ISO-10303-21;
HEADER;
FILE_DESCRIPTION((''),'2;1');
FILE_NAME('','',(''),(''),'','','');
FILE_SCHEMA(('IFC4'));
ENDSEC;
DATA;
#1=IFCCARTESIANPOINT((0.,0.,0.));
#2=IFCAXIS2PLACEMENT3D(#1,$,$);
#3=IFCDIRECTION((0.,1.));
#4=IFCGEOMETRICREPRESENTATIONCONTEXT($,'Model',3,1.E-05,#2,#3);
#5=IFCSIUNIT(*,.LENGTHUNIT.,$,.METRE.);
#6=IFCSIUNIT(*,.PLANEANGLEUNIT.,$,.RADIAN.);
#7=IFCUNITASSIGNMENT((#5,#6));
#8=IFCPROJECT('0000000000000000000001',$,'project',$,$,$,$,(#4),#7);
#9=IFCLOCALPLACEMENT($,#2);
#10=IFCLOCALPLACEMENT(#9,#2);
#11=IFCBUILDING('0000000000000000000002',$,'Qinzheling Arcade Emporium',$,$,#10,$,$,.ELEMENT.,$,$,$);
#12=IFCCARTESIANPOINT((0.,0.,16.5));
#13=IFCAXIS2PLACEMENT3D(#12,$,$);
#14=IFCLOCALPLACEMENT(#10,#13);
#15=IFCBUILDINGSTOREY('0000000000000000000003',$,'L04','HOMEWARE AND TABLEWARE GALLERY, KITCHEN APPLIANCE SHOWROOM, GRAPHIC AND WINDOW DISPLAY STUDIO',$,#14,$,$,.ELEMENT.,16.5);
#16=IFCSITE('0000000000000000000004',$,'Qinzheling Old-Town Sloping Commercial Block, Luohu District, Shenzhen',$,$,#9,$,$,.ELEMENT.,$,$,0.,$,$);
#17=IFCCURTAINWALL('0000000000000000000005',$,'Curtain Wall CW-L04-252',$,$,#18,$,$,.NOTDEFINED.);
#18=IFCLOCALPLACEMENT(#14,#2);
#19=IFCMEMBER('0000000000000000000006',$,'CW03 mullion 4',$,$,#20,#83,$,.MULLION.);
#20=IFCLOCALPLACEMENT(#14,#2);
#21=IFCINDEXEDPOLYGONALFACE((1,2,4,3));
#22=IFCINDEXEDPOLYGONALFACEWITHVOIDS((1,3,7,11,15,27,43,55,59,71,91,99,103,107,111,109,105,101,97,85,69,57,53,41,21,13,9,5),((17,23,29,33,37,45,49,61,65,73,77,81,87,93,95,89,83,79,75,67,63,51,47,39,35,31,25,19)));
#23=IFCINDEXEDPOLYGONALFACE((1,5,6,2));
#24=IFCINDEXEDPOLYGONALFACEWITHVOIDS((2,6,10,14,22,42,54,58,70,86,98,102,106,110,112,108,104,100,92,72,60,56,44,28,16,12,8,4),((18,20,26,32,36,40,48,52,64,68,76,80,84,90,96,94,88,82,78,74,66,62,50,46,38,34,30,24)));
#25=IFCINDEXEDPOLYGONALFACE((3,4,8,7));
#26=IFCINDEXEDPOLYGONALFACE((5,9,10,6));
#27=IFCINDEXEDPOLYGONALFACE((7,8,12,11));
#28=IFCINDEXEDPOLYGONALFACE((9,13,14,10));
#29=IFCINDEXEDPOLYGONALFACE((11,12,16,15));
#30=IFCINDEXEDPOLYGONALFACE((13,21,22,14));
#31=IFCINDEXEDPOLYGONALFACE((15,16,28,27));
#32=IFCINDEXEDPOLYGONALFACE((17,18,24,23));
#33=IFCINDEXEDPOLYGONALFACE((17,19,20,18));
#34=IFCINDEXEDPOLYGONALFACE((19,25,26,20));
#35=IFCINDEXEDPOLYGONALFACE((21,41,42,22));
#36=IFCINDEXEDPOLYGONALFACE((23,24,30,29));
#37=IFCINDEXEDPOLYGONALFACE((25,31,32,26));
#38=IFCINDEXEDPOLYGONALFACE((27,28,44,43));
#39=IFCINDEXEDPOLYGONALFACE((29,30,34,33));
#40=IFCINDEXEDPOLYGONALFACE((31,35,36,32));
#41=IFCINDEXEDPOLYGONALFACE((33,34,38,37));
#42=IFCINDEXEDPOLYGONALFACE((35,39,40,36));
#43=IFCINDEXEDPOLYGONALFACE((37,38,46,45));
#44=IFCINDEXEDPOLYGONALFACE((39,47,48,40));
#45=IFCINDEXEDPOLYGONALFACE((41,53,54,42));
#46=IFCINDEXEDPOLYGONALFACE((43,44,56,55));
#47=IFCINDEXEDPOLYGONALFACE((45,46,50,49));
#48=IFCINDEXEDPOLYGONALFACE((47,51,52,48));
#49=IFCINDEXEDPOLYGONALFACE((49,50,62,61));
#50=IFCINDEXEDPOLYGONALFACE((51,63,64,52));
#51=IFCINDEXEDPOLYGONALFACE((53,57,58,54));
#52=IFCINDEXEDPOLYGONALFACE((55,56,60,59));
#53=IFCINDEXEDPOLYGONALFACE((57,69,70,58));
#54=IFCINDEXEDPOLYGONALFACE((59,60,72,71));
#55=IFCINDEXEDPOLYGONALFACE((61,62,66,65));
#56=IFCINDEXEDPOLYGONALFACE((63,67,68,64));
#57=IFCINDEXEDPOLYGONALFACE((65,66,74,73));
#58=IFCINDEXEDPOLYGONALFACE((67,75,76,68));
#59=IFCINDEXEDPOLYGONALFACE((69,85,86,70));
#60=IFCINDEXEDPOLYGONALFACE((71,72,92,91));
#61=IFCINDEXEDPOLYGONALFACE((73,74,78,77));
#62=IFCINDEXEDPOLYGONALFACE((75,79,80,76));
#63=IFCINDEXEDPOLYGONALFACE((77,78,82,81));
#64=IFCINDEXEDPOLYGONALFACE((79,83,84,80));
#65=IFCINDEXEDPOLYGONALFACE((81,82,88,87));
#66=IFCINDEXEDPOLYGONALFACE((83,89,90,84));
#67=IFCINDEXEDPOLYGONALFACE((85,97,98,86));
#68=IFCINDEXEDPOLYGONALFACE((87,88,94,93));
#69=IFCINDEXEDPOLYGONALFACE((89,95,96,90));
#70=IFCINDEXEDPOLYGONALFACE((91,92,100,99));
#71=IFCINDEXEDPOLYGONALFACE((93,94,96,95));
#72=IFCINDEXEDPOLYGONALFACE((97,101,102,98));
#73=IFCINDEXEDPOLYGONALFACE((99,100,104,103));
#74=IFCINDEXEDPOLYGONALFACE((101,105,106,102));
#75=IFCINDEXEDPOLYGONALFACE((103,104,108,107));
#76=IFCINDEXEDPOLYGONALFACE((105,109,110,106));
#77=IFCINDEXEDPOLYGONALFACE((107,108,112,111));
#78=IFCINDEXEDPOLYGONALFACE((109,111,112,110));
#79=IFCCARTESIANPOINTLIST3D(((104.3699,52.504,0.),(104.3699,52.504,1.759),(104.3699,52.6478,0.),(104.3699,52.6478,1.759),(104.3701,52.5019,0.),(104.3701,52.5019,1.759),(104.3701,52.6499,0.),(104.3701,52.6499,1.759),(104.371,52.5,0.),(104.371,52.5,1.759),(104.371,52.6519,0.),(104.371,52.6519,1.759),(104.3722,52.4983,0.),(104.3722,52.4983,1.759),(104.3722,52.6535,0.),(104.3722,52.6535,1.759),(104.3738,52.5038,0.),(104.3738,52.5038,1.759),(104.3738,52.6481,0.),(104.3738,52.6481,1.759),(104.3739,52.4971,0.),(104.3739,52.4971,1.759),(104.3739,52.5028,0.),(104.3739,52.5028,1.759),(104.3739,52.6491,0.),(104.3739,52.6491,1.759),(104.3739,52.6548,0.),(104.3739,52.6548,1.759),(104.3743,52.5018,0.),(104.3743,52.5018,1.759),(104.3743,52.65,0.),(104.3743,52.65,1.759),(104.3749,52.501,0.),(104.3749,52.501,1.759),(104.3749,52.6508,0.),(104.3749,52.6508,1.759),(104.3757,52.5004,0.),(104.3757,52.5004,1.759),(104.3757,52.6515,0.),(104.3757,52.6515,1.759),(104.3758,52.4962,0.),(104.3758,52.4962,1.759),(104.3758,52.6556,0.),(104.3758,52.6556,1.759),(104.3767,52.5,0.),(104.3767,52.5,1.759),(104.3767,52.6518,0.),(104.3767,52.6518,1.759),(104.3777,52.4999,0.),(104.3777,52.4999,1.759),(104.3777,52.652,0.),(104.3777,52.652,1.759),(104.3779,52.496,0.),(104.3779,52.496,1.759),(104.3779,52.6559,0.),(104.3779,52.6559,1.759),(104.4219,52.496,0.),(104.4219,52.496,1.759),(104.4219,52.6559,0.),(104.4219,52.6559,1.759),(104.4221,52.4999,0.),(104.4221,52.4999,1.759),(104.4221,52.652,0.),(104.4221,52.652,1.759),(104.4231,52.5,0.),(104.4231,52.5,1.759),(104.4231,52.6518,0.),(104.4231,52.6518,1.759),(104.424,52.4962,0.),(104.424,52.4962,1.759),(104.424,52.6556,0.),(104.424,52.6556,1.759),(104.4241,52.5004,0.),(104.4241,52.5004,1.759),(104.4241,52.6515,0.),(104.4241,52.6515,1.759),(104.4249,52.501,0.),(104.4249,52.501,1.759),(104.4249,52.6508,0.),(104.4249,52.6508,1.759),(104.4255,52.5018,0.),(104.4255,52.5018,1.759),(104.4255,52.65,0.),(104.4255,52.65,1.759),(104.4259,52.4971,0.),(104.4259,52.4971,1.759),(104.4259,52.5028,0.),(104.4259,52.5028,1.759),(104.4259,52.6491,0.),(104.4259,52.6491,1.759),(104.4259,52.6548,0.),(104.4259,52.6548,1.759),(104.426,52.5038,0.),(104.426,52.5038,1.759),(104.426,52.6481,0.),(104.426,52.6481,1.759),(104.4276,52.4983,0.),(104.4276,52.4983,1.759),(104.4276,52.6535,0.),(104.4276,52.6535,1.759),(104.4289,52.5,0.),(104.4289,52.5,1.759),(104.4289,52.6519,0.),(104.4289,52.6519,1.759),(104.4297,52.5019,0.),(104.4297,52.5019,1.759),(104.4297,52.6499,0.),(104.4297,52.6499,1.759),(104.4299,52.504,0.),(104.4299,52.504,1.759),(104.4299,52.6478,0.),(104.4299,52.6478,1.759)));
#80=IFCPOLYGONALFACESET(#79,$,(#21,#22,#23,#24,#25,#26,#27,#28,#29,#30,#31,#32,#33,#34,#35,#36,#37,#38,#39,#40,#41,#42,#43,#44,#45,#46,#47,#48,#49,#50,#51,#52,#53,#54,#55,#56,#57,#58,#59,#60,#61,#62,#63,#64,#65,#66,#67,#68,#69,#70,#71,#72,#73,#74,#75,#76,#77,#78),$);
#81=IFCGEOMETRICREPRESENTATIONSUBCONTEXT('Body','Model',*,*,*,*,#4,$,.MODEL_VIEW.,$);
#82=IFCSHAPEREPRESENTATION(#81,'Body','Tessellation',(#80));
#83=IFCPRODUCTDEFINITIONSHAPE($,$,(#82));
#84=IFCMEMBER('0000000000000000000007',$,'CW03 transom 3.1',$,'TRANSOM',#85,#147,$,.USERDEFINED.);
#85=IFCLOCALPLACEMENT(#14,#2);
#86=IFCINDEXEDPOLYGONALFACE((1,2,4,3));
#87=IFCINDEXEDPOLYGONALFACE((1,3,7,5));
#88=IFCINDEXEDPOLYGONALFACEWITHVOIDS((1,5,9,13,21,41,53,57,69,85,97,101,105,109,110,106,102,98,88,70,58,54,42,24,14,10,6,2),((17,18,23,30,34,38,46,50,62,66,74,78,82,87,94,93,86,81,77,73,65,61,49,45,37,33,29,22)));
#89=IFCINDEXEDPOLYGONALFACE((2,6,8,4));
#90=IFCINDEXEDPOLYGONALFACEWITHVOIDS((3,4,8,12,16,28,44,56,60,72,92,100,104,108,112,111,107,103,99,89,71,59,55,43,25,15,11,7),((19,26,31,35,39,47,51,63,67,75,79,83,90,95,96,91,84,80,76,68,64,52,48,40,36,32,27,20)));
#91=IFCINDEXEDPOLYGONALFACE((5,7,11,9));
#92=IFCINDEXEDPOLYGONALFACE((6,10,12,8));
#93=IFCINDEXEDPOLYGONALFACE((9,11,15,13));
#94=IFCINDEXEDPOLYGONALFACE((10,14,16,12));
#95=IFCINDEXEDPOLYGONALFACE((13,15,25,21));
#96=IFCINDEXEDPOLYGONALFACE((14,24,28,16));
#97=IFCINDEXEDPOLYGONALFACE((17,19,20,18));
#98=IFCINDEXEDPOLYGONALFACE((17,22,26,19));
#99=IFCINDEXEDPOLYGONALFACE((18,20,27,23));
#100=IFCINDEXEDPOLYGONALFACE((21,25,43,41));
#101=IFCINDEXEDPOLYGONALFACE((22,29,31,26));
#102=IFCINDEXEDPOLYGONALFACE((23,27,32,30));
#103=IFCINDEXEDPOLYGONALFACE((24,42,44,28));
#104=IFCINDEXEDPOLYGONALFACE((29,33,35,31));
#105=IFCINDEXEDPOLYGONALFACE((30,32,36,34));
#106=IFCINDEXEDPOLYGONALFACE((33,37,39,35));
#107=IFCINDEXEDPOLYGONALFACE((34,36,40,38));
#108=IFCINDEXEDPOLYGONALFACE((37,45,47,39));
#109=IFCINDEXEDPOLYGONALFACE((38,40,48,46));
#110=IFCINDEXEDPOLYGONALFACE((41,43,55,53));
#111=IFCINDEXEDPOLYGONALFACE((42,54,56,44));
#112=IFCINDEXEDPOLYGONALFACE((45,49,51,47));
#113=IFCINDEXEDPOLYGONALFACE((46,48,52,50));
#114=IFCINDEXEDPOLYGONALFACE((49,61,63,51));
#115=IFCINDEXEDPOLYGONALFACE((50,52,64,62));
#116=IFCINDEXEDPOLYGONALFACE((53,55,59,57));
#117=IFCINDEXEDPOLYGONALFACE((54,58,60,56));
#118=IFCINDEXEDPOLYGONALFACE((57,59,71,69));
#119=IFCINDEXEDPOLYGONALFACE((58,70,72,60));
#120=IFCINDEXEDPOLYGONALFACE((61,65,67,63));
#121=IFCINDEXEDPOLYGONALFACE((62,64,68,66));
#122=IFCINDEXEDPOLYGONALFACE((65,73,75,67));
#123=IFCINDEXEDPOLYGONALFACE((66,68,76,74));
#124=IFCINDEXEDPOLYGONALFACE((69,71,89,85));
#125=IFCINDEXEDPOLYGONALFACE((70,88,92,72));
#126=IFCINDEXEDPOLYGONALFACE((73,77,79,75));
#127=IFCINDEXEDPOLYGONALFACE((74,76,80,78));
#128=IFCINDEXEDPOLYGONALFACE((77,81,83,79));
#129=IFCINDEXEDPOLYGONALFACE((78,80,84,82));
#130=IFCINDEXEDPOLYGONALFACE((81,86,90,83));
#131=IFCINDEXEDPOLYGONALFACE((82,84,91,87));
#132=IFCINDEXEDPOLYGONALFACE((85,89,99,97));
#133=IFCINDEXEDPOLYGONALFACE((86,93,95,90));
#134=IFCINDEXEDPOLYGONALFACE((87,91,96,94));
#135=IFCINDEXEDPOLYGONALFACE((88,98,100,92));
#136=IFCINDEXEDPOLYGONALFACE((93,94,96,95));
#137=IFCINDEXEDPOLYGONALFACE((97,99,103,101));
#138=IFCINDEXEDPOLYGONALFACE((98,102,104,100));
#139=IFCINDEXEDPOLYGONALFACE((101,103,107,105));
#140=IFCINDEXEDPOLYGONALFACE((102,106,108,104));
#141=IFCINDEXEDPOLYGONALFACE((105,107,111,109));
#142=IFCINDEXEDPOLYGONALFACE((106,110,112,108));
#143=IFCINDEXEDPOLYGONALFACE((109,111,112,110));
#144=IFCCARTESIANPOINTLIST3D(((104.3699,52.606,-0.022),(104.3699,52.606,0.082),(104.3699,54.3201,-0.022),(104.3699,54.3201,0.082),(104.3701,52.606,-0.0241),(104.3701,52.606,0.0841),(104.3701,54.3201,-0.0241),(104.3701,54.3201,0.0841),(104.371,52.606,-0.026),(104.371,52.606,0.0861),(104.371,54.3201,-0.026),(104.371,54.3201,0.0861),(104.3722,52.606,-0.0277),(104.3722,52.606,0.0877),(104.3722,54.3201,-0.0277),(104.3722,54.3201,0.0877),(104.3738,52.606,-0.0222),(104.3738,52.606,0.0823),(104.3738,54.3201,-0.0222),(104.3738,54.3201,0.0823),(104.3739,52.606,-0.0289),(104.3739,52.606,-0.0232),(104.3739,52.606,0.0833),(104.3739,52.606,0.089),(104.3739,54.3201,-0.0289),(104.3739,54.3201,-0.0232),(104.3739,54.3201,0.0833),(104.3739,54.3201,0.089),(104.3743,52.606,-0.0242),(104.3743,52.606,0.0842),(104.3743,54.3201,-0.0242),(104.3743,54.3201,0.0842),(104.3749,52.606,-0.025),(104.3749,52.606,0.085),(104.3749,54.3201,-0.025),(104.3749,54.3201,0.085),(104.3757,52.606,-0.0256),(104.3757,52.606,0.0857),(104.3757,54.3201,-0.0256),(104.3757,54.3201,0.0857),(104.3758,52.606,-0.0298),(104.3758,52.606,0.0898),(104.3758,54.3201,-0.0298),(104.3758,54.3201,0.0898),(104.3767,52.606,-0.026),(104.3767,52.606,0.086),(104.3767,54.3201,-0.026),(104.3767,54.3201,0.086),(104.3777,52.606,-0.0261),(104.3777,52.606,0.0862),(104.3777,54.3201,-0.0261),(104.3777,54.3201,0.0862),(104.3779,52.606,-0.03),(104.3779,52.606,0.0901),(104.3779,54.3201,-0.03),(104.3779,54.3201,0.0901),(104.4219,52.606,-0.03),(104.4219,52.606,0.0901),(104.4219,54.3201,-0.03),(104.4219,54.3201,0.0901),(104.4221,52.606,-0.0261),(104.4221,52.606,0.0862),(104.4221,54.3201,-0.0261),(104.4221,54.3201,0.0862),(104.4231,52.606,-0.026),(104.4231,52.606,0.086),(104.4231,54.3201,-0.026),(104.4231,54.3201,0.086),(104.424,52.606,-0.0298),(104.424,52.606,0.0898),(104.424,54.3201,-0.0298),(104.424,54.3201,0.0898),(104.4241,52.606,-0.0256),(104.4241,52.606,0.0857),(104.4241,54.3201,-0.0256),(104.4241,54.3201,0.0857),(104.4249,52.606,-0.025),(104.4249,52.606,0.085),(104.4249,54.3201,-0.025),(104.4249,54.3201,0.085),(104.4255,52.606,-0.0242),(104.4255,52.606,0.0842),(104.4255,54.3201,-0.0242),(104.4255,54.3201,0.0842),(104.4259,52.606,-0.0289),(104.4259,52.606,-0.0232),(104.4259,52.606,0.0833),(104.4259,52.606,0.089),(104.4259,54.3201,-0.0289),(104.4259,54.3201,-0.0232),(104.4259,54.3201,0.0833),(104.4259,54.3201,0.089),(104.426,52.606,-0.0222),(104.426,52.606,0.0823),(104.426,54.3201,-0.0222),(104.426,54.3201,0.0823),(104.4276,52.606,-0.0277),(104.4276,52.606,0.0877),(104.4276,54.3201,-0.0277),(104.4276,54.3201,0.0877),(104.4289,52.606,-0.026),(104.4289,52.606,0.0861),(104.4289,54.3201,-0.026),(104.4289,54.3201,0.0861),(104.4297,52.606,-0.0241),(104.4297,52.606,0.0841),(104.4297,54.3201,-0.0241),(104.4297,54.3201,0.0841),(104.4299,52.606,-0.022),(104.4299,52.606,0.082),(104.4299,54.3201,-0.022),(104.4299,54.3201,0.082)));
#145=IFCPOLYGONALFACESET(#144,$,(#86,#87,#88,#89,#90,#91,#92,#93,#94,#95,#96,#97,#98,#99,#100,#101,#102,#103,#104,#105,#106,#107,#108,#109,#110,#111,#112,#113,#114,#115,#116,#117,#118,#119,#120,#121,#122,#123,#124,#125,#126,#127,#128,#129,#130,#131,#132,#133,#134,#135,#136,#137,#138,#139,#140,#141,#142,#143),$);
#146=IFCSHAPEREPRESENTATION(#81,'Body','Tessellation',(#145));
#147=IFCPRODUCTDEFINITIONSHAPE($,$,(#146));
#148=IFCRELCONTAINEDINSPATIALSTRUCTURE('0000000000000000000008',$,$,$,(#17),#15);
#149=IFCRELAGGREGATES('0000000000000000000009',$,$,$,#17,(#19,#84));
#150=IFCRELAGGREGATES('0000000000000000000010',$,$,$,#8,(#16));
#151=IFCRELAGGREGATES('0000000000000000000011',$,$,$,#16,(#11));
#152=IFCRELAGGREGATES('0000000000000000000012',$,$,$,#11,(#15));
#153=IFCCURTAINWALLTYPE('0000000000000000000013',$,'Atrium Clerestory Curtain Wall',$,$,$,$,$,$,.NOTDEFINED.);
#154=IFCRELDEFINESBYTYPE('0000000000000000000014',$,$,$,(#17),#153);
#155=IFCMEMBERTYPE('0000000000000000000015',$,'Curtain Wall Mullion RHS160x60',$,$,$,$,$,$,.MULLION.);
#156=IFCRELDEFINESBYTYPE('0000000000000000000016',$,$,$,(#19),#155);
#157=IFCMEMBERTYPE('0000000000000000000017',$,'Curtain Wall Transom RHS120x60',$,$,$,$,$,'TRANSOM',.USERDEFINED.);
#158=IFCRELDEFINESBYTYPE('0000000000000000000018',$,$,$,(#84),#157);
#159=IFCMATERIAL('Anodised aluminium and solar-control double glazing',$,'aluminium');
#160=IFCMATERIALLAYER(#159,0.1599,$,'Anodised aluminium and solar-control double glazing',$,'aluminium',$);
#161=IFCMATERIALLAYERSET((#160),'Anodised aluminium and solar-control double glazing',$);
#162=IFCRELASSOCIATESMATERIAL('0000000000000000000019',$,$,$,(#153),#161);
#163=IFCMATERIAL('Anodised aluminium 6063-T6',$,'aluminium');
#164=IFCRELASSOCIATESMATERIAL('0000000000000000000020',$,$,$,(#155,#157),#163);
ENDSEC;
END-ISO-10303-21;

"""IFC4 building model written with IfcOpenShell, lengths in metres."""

from ifc_helpers import new_model, si_unit, direction, frame, origin, origin_2d, place, context, subcontext, project, spatial, hollow_rectangle, extrude, material, layer, layer_set, material_profile, profile_set, type_object, element, aggregate, save


model = new_model("IFC4")

# Units and contexts
model_context = context("Model", 3, precision=1e-05, world=origin(), true_north=direction((0.0, 1.0)))
body_context = subcontext(model_context, "Body", "Model", "MODEL_VIEW")
ifc_project = project(units=[si_unit("LENGTHUNIT", "METRE"), si_unit("PLANEANGLEUNIT", "RADIAN")], contexts=[model_context])

# Site, building, storey
site_placement = place(None, origin())
site = spatial("IfcSite", under=ifc_project, at=site_placement, Name="Qinzheling Old-Town Sloping Commercial Block, Luohu District, Shenzhen", CompositionType="ELEMENT", RefElevation=0.0)
building_placement = place(site_placement, origin())
building = spatial("IfcBuilding", under=site, at=building_placement, Name="Qinzheling Arcade Emporium", CompositionType="ELEMENT")
storey_placement = place(building_placement, frame((0.0, 0.0, 16.5)))
storey = spatial("IfcBuildingStorey", under=building, at=storey_placement, Name="L04", Description="HOMEWARE AND TABLEWARE GALLERY, KITCHEN APPLIANCE SHOWROOM, GRAPHIC AND WINDOW DISPLAY STUDIO", CompositionType="ELEMENT", Elevation=16.5)

# Curtain wall, members
ifc_material_1 = material(Name="Anodised aluminium and solar-control double glazing", Category="aluminium")
ifc_layer_1 = layer(ifc_material_1, 0.1599, Name="Anodised aluminium and solar-control double glazing", Category="aluminium")
ifc_layer_set_1 = layer_set([ifc_layer_1], Name="Anodised aluminium and solar-control double glazing")
curtain_wall_type = type_object("IfcCurtainWallType", Name="Atrium Clerestory Curtain Wall", PredefinedType="NOTDEFINED", material=ifc_layer_set_1)
curtain_wall_placement = place(storey_placement, origin())
curtain_wall = element("IfcCurtainWall", 1, at=curtain_wall_placement, inside=storey, type_object=curtain_wall_type, Name="Curtain Wall CW-L04-252", PredefinedType="NOTDEFINED")
ifc_material_2 = material(Name="Anodised aluminium 6063-T6", Category="aluminium")
ifc_material_profile_1 = material_profile(ifc_material_2, hollow_rectangle(XDim=0.0601, YDim=0.1599, WallThickness=0.0039, InnerFilletRadius=0.0039, OuterFilletRadius=0.0081, at=origin_2d()), Name="RHS 160x60x4", Category="aluminium")
ifc_profile_set_1 = profile_set([ifc_material_profile_1], Name="Anodised aluminium 6063-T6")
member_type_1 = type_object("IfcMemberType", Name="Curtain Wall Mullion RHS160x60", PredefinedType="MULLION", material=ifc_profile_set_1)
member_1_placement = place(storey_placement, frame((104.3999, 52.5759, 0.0), z_axis=(0.0, 0.0, 1.0), x_axis=(1.0, 0.0, 0.0)))
member_1 = element("IfcMember", 2, at=member_1_placement, type_object=member_type_1, Name="CW03 mullion 4", PredefinedType="MULLION", context=body_context, shape_type="SweptSolid", body=[
    extrude(hollow_rectangle(XDim=0.0601, YDim=0.1599, WallThickness=0.0039, InnerFilletRadius=0.0039, OuterFilletRadius=0.0081, at=origin_2d()), origin(), (0.0, 0.0, 1.0), 1.759),
])
ifc_material_profile_2 = material_profile(ifc_material_2, hollow_rectangle(XDim=0.0601, YDim=0.1201, WallThickness=0.0039, InnerFilletRadius=0.0039, OuterFilletRadius=0.0081, at=origin_2d()), Name="RHS 120x60x4", Category="aluminium")
ifc_profile_set_2 = profile_set([ifc_material_profile_2], Name="Anodised aluminium 6063-T6")
member_type_2 = type_object("IfcMemberType", Name="Curtain Wall Transom RHS120x60", ElementType="TRANSOM", PredefinedType="USERDEFINED", material=ifc_profile_set_2)
member_2_placement = place(storey_placement, frame((104.3999, 54.3201, 0.03), z_axis=(0.0, -1.0, 0.0), x_axis=(1.0, 0.0, 0.0)))
member_2 = element("IfcMember", 3, at=member_2_placement, type_object=member_type_2, Name="CW03 transom 3.1", ObjectType="TRANSOM", PredefinedType="USERDEFINED", context=body_context, shape_type="SweptSolid", body=[
    extrude(hollow_rectangle(XDim=0.0601, YDim=0.1201, WallThickness=0.0039, InnerFilletRadius=0.0039, OuterFilletRadius=0.0081, at=origin_2d()), origin(), (0.0, 0.0, 1.0), 1.7141),
])

aggregate(curtain_wall, [member_1, member_2])

save(model, "model.ifc")
